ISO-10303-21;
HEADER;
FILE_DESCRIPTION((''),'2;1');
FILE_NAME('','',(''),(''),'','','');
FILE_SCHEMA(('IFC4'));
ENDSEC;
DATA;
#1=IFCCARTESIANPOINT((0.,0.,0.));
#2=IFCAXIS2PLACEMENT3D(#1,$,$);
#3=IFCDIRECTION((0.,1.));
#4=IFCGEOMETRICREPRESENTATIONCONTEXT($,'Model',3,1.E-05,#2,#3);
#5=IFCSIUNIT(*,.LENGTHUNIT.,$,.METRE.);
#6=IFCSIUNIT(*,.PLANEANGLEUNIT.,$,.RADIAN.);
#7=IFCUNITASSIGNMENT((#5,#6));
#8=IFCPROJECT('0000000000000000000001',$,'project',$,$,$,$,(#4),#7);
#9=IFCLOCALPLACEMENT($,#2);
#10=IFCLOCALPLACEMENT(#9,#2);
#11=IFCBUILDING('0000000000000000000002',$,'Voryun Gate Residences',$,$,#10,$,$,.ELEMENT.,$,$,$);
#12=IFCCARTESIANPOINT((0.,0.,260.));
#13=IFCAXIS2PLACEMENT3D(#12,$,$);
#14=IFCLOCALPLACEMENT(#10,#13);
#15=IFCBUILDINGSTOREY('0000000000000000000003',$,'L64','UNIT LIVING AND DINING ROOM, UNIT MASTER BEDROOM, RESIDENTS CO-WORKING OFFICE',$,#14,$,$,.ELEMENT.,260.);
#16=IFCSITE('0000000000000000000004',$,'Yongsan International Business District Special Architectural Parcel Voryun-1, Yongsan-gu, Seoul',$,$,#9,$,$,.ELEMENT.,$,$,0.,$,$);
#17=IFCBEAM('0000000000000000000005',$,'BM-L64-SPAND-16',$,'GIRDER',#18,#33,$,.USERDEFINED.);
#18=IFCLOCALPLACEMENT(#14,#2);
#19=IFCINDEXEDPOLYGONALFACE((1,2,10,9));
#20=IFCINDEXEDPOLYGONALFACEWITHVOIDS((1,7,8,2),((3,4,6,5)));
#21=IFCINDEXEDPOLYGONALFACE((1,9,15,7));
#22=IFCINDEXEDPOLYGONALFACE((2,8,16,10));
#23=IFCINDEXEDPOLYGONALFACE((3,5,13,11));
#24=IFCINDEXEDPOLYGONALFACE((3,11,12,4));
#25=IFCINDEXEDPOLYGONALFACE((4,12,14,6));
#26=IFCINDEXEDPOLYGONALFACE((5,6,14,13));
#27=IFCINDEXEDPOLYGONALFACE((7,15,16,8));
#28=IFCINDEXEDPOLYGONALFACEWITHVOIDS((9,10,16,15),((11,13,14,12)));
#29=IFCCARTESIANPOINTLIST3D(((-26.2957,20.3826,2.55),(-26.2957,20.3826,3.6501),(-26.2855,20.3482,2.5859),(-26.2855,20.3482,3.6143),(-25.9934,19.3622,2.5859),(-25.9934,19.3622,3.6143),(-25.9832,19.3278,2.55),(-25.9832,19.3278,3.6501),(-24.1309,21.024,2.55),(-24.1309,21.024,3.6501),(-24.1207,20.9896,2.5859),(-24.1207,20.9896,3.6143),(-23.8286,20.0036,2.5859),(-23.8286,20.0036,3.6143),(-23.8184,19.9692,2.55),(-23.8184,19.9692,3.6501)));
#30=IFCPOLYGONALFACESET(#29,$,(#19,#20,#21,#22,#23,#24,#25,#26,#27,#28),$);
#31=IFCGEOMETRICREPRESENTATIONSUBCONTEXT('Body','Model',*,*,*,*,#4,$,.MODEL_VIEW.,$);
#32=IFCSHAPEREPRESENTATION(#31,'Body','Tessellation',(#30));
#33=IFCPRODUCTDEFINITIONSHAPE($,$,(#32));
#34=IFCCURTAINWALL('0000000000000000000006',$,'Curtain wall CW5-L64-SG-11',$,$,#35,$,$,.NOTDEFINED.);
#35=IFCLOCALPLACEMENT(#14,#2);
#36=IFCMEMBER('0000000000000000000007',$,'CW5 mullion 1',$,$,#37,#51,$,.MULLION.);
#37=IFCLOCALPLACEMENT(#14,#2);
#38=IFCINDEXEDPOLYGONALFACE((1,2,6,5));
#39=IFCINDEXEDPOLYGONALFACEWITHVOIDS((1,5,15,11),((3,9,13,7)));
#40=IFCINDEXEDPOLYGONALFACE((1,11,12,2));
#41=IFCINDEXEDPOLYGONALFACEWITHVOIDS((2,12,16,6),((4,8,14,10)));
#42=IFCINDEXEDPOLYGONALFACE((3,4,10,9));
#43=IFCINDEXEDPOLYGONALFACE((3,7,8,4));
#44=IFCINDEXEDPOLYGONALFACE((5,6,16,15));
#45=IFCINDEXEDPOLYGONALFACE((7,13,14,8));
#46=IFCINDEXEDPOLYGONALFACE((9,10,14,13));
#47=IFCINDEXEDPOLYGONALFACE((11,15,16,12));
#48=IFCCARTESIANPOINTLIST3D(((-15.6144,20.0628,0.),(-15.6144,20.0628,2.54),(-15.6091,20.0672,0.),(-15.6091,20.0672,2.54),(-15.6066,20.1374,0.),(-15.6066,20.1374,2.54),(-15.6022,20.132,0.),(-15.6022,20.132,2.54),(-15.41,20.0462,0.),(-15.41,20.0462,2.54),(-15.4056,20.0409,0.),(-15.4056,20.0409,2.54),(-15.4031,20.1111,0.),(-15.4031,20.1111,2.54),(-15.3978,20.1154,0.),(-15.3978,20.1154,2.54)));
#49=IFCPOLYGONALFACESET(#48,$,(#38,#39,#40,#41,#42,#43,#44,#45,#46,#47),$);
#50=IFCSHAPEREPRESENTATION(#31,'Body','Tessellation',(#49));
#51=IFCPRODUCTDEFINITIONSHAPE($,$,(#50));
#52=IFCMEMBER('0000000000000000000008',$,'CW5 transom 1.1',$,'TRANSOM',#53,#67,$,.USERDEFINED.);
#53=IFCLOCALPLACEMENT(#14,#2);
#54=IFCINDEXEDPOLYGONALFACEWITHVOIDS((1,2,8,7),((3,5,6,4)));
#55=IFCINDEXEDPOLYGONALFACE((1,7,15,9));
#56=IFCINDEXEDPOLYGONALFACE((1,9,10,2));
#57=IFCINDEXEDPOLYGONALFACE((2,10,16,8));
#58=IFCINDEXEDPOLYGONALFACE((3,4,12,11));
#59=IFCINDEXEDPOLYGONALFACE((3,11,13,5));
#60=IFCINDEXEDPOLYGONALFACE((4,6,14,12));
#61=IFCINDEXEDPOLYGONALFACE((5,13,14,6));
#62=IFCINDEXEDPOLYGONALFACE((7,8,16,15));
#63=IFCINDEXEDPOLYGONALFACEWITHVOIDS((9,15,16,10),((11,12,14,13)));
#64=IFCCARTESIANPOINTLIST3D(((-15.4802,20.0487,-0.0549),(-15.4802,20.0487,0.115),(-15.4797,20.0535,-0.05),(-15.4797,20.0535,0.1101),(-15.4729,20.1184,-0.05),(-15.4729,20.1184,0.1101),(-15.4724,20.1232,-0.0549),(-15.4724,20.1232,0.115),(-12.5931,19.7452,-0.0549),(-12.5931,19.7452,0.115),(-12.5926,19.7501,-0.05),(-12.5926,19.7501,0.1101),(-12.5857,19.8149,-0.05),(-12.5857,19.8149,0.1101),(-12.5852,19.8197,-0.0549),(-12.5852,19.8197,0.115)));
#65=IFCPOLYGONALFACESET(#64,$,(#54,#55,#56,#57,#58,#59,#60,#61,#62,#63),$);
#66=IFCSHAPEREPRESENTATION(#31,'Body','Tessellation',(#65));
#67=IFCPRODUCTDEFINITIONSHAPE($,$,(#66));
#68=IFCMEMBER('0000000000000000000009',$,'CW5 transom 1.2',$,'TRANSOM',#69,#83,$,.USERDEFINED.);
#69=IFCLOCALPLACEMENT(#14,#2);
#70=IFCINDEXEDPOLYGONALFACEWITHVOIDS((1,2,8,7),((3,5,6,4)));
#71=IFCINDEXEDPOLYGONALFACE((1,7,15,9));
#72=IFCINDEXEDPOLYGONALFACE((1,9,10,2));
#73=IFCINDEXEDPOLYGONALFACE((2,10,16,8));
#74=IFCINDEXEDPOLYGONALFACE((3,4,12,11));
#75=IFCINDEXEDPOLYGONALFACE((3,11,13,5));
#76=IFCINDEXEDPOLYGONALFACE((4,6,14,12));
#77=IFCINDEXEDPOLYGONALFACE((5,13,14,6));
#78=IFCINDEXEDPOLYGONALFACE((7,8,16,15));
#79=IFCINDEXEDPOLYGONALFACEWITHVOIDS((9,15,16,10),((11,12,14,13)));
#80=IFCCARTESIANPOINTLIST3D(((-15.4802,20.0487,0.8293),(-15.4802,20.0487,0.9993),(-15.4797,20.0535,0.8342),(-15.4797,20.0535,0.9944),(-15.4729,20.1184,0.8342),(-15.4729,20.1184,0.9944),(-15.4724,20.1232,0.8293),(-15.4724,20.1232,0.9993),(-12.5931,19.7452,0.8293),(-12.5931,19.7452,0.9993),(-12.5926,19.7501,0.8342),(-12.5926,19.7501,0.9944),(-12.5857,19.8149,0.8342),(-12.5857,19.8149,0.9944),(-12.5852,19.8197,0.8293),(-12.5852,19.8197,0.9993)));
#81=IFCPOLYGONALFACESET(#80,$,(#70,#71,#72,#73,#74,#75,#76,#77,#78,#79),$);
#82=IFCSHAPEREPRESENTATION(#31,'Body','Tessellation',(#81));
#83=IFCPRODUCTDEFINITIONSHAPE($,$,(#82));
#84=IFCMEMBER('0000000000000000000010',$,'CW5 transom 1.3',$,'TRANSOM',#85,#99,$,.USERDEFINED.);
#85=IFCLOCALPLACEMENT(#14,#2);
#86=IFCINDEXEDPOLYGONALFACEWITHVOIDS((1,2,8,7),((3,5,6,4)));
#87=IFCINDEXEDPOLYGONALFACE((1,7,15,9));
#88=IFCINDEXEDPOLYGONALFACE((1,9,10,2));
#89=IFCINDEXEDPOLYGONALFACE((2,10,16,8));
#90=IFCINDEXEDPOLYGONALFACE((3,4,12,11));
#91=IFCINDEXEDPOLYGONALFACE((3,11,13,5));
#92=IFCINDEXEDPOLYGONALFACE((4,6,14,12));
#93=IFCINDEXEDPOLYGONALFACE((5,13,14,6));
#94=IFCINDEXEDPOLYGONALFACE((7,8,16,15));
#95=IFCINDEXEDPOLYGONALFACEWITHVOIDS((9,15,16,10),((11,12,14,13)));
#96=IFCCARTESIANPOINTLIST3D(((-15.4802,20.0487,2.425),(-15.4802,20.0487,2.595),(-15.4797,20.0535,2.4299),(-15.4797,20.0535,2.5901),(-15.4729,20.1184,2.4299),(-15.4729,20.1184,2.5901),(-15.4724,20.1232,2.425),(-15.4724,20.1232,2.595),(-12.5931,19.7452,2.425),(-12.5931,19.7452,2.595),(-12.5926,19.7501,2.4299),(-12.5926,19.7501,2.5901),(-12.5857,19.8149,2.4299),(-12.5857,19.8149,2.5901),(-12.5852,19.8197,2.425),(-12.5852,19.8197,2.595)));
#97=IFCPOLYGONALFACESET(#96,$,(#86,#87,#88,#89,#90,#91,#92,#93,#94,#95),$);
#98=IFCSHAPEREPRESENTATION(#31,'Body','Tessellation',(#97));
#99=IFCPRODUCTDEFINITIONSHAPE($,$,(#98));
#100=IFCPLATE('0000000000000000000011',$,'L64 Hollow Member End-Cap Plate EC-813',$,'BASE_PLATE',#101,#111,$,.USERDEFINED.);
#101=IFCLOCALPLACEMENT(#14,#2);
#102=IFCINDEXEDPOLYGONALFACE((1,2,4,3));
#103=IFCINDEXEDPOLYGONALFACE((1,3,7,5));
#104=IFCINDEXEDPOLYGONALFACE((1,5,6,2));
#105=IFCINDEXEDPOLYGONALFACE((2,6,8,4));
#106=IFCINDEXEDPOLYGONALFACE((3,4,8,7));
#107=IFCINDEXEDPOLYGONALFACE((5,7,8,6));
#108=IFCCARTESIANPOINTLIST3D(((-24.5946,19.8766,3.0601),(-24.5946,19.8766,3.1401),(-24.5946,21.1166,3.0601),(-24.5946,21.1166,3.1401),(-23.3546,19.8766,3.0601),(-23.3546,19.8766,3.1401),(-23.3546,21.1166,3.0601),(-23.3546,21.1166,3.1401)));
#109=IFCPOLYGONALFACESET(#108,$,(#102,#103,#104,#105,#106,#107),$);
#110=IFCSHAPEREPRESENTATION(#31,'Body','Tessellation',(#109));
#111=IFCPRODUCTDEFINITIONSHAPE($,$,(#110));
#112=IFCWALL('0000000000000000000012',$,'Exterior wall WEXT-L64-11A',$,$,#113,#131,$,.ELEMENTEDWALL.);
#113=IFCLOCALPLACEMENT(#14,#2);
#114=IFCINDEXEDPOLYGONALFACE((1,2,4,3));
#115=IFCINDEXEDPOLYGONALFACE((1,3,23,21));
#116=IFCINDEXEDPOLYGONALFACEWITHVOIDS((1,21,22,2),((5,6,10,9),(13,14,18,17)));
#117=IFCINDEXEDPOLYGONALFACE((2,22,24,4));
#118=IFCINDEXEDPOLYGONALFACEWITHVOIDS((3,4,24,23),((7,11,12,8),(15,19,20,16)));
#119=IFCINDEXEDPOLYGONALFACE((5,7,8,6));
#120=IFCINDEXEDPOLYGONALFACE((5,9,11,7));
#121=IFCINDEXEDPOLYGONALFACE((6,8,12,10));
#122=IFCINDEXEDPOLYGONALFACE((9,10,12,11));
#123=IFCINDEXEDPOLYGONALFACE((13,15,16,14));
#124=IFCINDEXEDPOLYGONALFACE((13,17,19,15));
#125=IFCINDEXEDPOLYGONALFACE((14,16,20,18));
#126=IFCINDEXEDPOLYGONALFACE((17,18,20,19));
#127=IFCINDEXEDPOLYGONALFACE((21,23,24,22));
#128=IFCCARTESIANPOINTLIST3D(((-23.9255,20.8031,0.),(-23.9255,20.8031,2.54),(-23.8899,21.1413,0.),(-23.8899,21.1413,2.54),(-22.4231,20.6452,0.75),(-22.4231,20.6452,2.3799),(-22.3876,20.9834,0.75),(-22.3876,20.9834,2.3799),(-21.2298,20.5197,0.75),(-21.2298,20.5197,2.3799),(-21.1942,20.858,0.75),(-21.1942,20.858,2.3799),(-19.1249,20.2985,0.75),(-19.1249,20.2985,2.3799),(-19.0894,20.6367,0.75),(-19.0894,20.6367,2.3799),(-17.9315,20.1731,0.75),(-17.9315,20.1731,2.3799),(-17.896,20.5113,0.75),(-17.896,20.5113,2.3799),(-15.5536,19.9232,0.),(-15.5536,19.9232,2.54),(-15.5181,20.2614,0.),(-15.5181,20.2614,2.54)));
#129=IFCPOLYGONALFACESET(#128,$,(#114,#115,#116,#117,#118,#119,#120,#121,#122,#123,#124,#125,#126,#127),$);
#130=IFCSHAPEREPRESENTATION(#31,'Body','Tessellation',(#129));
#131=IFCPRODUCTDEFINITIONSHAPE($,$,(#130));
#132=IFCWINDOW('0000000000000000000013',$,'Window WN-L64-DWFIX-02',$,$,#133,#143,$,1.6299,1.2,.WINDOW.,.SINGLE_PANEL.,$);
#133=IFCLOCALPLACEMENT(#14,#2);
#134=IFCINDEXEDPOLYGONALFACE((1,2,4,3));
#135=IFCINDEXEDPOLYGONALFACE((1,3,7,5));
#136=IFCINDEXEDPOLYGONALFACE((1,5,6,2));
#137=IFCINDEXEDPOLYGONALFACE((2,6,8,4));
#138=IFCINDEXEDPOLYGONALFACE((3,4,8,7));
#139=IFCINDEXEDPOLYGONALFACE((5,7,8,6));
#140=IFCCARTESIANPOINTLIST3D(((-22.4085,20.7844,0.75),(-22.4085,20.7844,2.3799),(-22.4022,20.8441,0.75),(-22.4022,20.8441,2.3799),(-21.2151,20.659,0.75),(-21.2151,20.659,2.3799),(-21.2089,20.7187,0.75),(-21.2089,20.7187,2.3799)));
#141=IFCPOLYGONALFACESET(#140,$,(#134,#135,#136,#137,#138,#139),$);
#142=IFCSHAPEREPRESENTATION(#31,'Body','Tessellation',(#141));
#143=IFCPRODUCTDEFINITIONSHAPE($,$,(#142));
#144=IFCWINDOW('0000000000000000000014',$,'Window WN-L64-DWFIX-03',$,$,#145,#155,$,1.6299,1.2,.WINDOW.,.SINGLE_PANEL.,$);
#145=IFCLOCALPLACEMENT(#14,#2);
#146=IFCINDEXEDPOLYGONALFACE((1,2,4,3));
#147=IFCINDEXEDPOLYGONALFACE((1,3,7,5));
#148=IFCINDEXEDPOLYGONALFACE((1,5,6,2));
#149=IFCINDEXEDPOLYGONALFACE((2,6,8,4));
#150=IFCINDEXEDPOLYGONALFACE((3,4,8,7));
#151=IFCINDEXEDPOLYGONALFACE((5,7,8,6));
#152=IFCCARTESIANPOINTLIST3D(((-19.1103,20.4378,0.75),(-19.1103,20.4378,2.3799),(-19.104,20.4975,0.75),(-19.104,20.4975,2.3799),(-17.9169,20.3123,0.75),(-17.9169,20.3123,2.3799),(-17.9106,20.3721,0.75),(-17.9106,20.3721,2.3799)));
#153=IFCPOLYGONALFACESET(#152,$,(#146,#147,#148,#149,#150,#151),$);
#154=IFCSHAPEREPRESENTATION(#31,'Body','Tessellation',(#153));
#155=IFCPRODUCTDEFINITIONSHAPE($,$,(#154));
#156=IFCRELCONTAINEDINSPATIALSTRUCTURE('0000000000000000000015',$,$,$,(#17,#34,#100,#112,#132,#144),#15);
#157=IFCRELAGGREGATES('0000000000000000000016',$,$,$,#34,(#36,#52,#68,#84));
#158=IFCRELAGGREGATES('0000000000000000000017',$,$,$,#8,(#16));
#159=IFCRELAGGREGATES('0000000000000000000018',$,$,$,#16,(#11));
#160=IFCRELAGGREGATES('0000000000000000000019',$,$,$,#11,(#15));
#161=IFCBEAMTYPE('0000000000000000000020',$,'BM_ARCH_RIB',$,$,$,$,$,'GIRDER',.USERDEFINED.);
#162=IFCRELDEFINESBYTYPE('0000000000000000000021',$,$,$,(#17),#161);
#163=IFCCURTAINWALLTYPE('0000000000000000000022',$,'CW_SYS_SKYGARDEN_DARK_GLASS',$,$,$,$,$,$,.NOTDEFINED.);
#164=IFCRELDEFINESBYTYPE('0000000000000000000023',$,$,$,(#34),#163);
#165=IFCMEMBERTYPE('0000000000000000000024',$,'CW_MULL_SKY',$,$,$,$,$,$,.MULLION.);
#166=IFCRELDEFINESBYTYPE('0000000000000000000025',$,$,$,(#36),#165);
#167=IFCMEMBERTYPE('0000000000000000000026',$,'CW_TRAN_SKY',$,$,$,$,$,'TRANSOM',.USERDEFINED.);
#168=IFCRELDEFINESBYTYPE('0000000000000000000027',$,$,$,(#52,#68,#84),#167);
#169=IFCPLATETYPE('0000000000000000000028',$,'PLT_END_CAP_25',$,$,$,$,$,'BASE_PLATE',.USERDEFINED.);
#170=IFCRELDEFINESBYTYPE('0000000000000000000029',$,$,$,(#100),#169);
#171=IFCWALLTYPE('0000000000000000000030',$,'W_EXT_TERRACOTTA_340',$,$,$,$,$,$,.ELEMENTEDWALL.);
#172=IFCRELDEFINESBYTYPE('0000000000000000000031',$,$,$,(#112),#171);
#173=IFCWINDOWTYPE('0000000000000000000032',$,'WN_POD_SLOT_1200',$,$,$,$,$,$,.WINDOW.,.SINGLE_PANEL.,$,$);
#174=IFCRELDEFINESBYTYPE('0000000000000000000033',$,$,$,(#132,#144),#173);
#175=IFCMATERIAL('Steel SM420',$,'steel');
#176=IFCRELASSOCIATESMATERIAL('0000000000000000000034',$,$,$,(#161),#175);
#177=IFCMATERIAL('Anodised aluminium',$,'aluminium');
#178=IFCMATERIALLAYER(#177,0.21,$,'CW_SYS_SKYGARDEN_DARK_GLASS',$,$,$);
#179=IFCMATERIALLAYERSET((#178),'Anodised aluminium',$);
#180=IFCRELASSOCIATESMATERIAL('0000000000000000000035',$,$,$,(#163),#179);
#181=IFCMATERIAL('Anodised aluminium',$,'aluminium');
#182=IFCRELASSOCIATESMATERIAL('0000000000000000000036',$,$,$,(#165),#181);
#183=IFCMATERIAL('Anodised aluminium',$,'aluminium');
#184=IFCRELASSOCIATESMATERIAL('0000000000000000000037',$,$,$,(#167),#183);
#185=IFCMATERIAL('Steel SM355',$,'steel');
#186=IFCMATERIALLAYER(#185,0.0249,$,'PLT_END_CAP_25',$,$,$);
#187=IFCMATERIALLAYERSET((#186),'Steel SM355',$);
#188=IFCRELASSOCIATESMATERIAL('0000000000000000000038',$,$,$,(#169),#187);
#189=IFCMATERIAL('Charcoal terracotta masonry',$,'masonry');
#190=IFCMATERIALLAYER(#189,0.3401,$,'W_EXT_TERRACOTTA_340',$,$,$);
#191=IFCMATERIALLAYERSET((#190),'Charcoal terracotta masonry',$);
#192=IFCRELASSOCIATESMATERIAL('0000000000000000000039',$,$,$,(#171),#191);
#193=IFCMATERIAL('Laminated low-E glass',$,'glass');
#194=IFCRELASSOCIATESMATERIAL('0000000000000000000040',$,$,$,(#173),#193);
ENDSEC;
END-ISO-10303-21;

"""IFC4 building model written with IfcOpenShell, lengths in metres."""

from ifc_helpers import new_model, si_unit, direction, frame, frame_2d, origin, origin_2d, place, context, subcontext, project, spatial, rectangle, hollow_rectangle, extrude, material, layer, layer_set, material_profile, profile_set, type_object, element, fill, aggregate, save


model = new_model("IFC4")

# Units and contexts
model_context = context("Model", 3, precision=1e-05, world=origin(), true_north=direction((0.0, 1.0)))
body_context = subcontext(model_context, "Body", "Model", "MODEL_VIEW")
ifc_project = project(units=[si_unit("LENGTHUNIT", "METRE"), si_unit("PLANEANGLEUNIT", "RADIAN")], contexts=[model_context])

# Site, building, storey
site_placement = place(None, origin())
site = spatial("IfcSite", under=ifc_project, at=site_placement, Name="Yongsan International Business District Special Architectural Parcel Voryun-1, Yongsan-gu, Seoul", CompositionType="ELEMENT", RefElevation=0.0)
building_placement = place(site_placement, origin())
building = spatial("IfcBuilding", under=site, at=building_placement, Name="Voryun Gate Residences", CompositionType="ELEMENT")
storey_placement = place(building_placement, frame((0.0, 0.0, 260.0)))
storey = spatial("IfcBuildingStorey", under=building, at=storey_placement, Name="L64", Description="UNIT LIVING AND DINING ROOM, UNIT MASTER BEDROOM, RESIDENTS CO-WORKING OFFICE", CompositionType="ELEMENT", Elevation=260.0)

# Beam
ifc_material_1 = material(Name="Steel SM420", Category="steel")
ifc_material_profile_1 = material_profile(ifc_material_1, hollow_rectangle(XDim=1.1001, YDim=1.1001, WallThickness=0.0359, at=origin_2d()), Name="BOX-1100x1100x36")
ifc_profile_set_1 = profile_set([ifc_material_profile_1], Name="Steel SM420")
beam_type = type_object("IfcBeamType", Name="BM_ARCH_RIB", ElementType="GIRDER", PredefinedType="USERDEFINED", material=ifc_profile_set_1)
beam_placement = place(storey_placement, frame((-23.9746, 20.4966, 3.1001), z_axis=(-0.958806, -0.284063, 0.0), x_axis=(0.284063, -0.958806, 0.0)))
element("IfcBeam", 1, at=beam_placement, inside=storey, type_object=beam_type, Name="BM-L64-SPAND-16", ObjectType="GIRDER", PredefinedType="USERDEFINED", context=body_context, shape_type="SweptSolid", body=[
    extrude(hollow_rectangle(XDim=1.1001, YDim=1.1001, WallThickness=0.0359, at=origin_2d()), origin(), (0.0, 0.0, 1.0), 2.2578),
])

# Curtain wall, members
ifc_material_2 = material(Name="Anodised aluminium", Category="aluminium")
ifc_layer_1 = layer(ifc_material_2, 0.21, Name="CW_SYS_SKYGARDEN_DARK_GLASS")
ifc_layer_set_1 = layer_set([ifc_layer_1], Name="Anodised aluminium")
curtain_wall_type = type_object("IfcCurtainWallType", Name="CW_SYS_SKYGARDEN_DARK_GLASS", PredefinedType="NOTDEFINED", material=ifc_layer_set_1)
curtain_wall_placement = place(storey_placement, origin())
curtain_wall = element("IfcCurtainWall", 2, at=curtain_wall_placement, inside=storey, type_object=curtain_wall_type, Name="Curtain wall CW5-L64-SG-11", PredefinedType="NOTDEFINED")
ifc_material_3 = material(Name="Anodised aluminium", Category="aluminium")
ifc_material_profile_2 = material_profile(ifc_material_3, hollow_rectangle(XDim=0.075, YDim=0.21, WallThickness=0.0049, at=origin_2d()), Name="ALU-MULL-210x75x5")
ifc_profile_set_2 = profile_set([ifc_material_profile_2], Name="Anodised aluminium")
member_type_1 = type_object("IfcMemberType", Name="CW_MULL_SKY", PredefinedType="MULLION", material=ifc_profile_set_2)
member_1_placement = place(storey_placement, frame((-15.5061, 20.0891, 0.0), z_axis=(0.0, 0.0, 1.0), x_axis=(0.104532, 0.994521, 0.0)))
member_1 = element("IfcMember", 3, at=member_1_placement, type_object=member_type_1, Name="CW5 mullion 1", PredefinedType="MULLION", context=body_context, shape_type="SweptSolid", body=[
    extrude(hollow_rectangle(XDim=0.075, YDim=0.21, WallThickness=0.0049, at=origin_2d()), origin(), (0.0, 0.0, 1.0), 2.54),
])
ifc_material_4 = material(Name="Anodised aluminium", Category="aluminium")
ifc_material_profile_3 = material_profile(ifc_material_4, hollow_rectangle(XDim=0.075, YDim=0.1699, WallThickness=0.0049, at=origin_2d()), Name="ALU-TRAN-170x75x5")
ifc_profile_set_3 = profile_set([ifc_material_profile_3], Name="Anodised aluminium")
member_type_2 = type_object("IfcMemberType", Name="CW_TRAN_SKY", ElementType="TRANSOM", PredefinedType="USERDEFINED", material=ifc_profile_set_3)
member_2_placement = place(storey_placement, frame((-15.4763, 20.0859, 0.03), z_axis=(0.994522, -0.104532, 0.0), x_axis=(0.104532, 0.994522, 0.0)))
member_2 = element("IfcMember", 4, at=member_2_placement, type_object=member_type_2, Name="CW5 transom 1.1", ObjectType="TRANSOM", PredefinedType="USERDEFINED", context=body_context, shape_type="SweptSolid", body=[
    extrude(hollow_rectangle(XDim=0.075, YDim=0.1699, WallThickness=0.0049, at=origin_2d()), origin(), (0.0, 0.0, 1.0), 2.9031),
])
member_3_placement = place(storey_placement, frame((-15.4763, 20.0859, 0.9143), z_axis=(0.994522, -0.104532, 0.0), x_axis=(0.104532, 0.994522, 0.0)))
member_3 = element("IfcMember", 5, at=member_3_placement, type_object=member_type_2, Name="CW5 transom 1.2", ObjectType="TRANSOM", PredefinedType="USERDEFINED", context=body_context, shape_type="SweptSolid", body=[
    extrude(hollow_rectangle(XDim=0.075, YDim=0.1699, WallThickness=0.0049, at=origin_2d()), origin(), (0.0, 0.0, 1.0), 2.9031),
])
member_4_placement = place(storey_placement, frame((-15.4763, 20.0859, 2.51), z_axis=(0.994522, -0.104532, 0.0), x_axis=(0.104532, 0.994522, 0.0)))
member_4 = element("IfcMember", 6, at=member_4_placement, type_object=member_type_2, Name="CW5 transom 1.3", ObjectType="TRANSOM", PredefinedType="USERDEFINED", context=body_context, shape_type="SweptSolid", body=[
    extrude(hollow_rectangle(XDim=0.075, YDim=0.1699, WallThickness=0.0049, at=origin_2d()), origin(), (0.0, 0.0, 1.0), 2.9031),
])
aggregate(curtain_wall, [member_1, member_2, member_3, member_4])

# Plate
ifc_material_5 = material(Name="Steel SM355", Category="steel")
ifc_layer_2 = layer(ifc_material_5, 0.0249, Name="PLT_END_CAP_25")
ifc_layer_set_2 = layer_set([ifc_layer_2], Name="Steel SM355")
plate_type = type_object("IfcPlateType", Name="PLT_END_CAP_25", ElementType="BASE_PLATE", PredefinedType="USERDEFINED", material=ifc_layer_set_2)
plate_placement = place(storey_placement, frame((-23.9746, 20.4966, 3.0601), z_axis=(0.0, 0.0, 1.0), x_axis=(1.0, 0.0, 0.0)))
element("IfcPlate", 7, at=plate_placement, inside=storey, type_object=plate_type, Name="L64 Hollow Member End-Cap Plate EC-813", ObjectType="BASE_PLATE", PredefinedType="USERDEFINED", context=body_context, shape_type="SweptSolid", body=[
    extrude(rectangle(XDim=1.24, YDim=1.24, at=origin_2d()), origin(), (0.0, 0.0, 1.0), 0.0801),
])

# Wall, openings, windows
ifc_material_6 = material(Name="Charcoal terracotta masonry", Category="masonry")
ifc_layer_3 = layer(ifc_material_6, 0.3401, Name="W_EXT_TERRACOTTA_340")
ifc_layer_set_3 = layer_set([ifc_layer_3], Name="Charcoal terracotta masonry")
wall_type_1 = type_object("IfcWallType", Name="W_EXT_TERRACOTTA_340", PredefinedType="ELEMENTEDWALL", material=ifc_layer_set_3)
wall_1_placement = place(storey_placement, frame((-23.9077, 20.9722, 0.0), z_axis=(0.0, 0.0, 1.0), x_axis=(0.994522, -0.104525, 0.0)))
wall_1 = element("IfcWall", 8, at=wall_1_placement, inside=storey, type_object=wall_type_1, Name="Exterior wall WEXT-L64-11A", PredefinedType="ELEMENTEDWALL", context=body_context, shape_type="SweptSolid", body=[
    extrude(rectangle(XDim=8.418, YDim=0.3401, at=frame_2d((4.209, 0.0))), origin(), (0.0, 0.0, 1.0), 2.54),
])
opening_1_placement = place(wall_1_placement, frame((1.5105, 0.0, 0.75)))
opening_1 = element("IfcOpeningElement", 9, at=opening_1_placement, cuts=wall_1, PredefinedType="OPENING", context=body_context, shape_type="SweptSolid", body=[
    extrude(rectangle(XDim=1.2, YDim=1.6299, at=frame_2d((0.6001, 0.8149))), frame((0.0, 0.1799, 0.0), z_axis=(0.0, -1.0, 0.0), x_axis=(1.0, 0.0, 0.0)), (0.0, 0.0, 1.0), 0.3601),
])
opening_2_placement = place(wall_1_placement, frame((4.8269, 0.0, 0.75)))
opening_2 = element("IfcOpeningElement", 10, at=opening_2_placement, cuts=wall_1, PredefinedType="OPENING", context=body_context, shape_type="SweptSolid", body=[
    extrude(rectangle(XDim=1.2, YDim=1.6299, at=frame_2d((0.6001, 0.8149))), frame((0.0, 0.1799, 0.0), z_axis=(0.0, -1.0, 0.0), x_axis=(1.0, 0.0, 0.0)), (0.0, 0.0, 1.0), 0.3601),
])
ifc_material_7 = material(Name="Laminated low-E glass", Category="glass")
window_type = type_object("IfcWindowType", Name="WN_POD_SLOT_1200", PartitioningType="SINGLE_PANEL", PredefinedType="WINDOW", material=ifc_material_7)
window_1_placement = place(opening_1_placement, origin())
window_1 = element("IfcWindow", 11, at=window_1_placement, inside=storey, type_object=window_type, Name="Window WN-L64-DWFIX-02", OverallHeight=1.6299, OverallWidth=1.2, PartitioningType="SINGLE_PANEL", PredefinedType="WINDOW", context=body_context, shape_type="SweptSolid", body=[
    extrude(rectangle(XDim=1.2, YDim=1.6299, at=frame_2d((0.6001, 0.8149))), frame((0.0, 0.03, 0.0), z_axis=(0.0, -1.0, 0.0), x_axis=(1.0, 0.0, 0.0)), (0.0, 0.0, 1.0), 0.0601),
])
fill(opening_1, window_1)
window_2_placement = place(opening_2_placement, origin())
window_2 = element("IfcWindow", 12, at=window_2_placement, inside=storey, type_object=window_type, Name="Window WN-L64-DWFIX-03", OverallHeight=1.6299, OverallWidth=1.2, PartitioningType="SINGLE_PANEL", PredefinedType="WINDOW", context=body_context, shape_type="SweptSolid", body=[
    extrude(rectangle(XDim=1.2, YDim=1.6299, at=frame_2d((0.6001, 0.8149))), frame((0.0, 0.03, 0.0), z_axis=(0.0, -1.0, 0.0), x_axis=(1.0, 0.0, 0.0)), (0.0, 0.0, 1.0), 0.0601),
])
fill(opening_2, window_2)

save(model, "model.ifc")
